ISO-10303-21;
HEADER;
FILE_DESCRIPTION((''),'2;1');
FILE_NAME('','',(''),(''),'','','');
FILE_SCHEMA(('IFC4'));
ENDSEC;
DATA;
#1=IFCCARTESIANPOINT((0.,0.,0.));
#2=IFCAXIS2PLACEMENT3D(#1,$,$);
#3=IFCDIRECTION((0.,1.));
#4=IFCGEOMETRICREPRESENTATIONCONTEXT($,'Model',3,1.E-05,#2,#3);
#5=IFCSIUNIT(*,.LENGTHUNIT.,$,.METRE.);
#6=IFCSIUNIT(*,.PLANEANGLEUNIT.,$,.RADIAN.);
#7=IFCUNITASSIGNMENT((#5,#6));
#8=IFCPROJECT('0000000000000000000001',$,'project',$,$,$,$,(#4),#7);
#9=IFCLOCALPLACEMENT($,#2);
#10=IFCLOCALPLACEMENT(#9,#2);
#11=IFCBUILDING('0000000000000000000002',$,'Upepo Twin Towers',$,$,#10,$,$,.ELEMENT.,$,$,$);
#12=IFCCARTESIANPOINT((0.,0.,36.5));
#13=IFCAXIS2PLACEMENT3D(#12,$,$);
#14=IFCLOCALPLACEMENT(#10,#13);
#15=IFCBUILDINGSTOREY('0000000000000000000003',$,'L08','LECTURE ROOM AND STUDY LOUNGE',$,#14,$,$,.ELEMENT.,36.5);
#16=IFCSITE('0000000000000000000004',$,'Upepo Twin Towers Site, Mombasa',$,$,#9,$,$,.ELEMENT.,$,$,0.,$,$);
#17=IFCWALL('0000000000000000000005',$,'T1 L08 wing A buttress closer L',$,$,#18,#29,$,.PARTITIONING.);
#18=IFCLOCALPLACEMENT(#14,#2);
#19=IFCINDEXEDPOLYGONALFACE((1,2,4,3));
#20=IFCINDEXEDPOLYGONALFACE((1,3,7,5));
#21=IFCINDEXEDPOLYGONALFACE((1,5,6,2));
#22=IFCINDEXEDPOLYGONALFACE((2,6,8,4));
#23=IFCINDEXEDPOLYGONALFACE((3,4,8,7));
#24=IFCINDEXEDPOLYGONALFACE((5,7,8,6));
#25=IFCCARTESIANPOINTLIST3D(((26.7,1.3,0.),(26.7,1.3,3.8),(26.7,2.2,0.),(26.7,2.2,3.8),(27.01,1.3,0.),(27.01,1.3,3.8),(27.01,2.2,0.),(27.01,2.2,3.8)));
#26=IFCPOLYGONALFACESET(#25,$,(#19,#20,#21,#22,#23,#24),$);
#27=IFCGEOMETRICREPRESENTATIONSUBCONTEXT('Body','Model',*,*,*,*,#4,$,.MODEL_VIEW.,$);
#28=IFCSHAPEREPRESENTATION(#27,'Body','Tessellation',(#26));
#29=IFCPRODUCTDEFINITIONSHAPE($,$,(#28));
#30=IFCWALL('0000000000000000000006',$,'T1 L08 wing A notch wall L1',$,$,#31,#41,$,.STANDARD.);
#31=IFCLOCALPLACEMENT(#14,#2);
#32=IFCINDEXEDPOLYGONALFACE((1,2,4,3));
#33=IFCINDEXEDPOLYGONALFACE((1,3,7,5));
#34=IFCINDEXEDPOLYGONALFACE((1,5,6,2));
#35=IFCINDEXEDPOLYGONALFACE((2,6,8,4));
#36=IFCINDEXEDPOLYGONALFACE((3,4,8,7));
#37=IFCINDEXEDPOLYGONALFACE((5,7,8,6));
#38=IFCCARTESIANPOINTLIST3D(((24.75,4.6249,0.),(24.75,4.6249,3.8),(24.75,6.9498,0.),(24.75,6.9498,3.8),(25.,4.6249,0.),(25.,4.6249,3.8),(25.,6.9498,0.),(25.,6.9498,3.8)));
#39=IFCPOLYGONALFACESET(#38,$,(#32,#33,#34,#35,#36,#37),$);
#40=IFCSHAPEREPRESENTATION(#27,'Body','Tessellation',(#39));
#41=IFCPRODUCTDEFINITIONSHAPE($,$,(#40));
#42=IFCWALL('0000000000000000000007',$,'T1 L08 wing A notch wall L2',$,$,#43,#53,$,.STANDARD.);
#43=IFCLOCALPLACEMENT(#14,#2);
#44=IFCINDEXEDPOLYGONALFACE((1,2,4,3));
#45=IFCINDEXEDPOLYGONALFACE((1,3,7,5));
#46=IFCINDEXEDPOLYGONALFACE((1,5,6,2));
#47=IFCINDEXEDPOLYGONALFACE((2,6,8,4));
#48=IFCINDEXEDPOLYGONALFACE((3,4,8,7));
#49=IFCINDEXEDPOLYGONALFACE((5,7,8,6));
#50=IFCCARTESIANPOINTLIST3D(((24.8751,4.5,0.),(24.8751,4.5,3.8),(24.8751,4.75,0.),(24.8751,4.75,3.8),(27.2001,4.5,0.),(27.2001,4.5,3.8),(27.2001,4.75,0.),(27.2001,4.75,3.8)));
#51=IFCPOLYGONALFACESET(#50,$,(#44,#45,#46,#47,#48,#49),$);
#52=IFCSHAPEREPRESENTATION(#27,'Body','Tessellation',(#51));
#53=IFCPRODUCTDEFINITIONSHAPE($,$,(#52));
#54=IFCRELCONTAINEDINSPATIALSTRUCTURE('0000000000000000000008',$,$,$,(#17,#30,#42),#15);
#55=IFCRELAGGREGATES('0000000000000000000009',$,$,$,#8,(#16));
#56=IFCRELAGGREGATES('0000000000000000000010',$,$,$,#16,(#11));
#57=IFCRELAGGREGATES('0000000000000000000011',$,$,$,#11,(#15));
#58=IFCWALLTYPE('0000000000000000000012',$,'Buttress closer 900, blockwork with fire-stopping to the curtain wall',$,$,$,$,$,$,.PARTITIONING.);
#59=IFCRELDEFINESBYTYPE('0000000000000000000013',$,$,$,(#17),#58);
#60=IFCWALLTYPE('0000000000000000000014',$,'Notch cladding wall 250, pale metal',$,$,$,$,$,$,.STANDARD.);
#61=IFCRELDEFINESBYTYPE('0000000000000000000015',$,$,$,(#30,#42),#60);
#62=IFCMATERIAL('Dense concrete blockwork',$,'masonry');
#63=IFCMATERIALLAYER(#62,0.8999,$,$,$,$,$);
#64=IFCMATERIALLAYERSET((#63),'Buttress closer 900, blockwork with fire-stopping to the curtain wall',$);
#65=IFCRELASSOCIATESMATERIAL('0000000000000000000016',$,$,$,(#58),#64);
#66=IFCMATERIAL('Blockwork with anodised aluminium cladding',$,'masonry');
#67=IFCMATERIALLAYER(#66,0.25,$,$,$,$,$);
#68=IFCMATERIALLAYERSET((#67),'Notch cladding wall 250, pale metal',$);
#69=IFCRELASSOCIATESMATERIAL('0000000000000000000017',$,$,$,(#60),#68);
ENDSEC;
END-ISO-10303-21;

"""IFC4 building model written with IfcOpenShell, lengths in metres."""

from ifc_helpers import new_model, si_unit, direction, frame, frame_2d, origin, place, context, subcontext, project, spatial, rectangle, extrude, material, layer, layer_set, type_object, element, save


model = new_model("IFC4")

# Units and contexts
model_context = context("Model", 3, precision=1e-05, world=origin(), true_north=direction((0.0, 1.0)))
body_context = subcontext(model_context, "Body", "Model", "MODEL_VIEW")
ifc_project = project(units=[si_unit("LENGTHUNIT", "METRE"), si_unit("PLANEANGLEUNIT", "RADIAN")], contexts=[model_context])

# Site, building, storey
site_placement = place(None, origin())
site = spatial("IfcSite", under=ifc_project, at=site_placement, Name="Upepo Twin Towers Site, Mombasa", CompositionType="ELEMENT", RefElevation=0.0)
building_placement = place(site_placement, origin())
building = spatial("IfcBuilding", under=site, at=building_placement, Name="Upepo Twin Towers", CompositionType="ELEMENT")
storey_placement = place(building_placement, frame((0.0, 0.0, 36.5)))
storey = spatial("IfcBuildingStorey", under=building, at=storey_placement, Name="L08", Description="LECTURE ROOM AND STUDY LOUNGE", CompositionType="ELEMENT", Elevation=36.5)

# Walls
ifc_material_1 = material(Name="Dense concrete blockwork", Category="masonry")
ifc_layer_1 = layer(ifc_material_1, 0.8999)
ifc_layer_set_1 = layer_set([ifc_layer_1], Name="Buttress closer 900, blockwork with fire-stopping to the curtain wall")
wall_type_1 = type_object("IfcWallType", Name="Buttress closer 900, blockwork with fire-stopping to the curtain wall", PredefinedType="PARTITIONING", material=ifc_layer_set_1)
wall_1_placement = place(storey_placement, frame((26.7, 1.75, 0.0), z_axis=(0.0, 0.0, 1.0), x_axis=(1.0, 0.0, 0.0)))
element("IfcWall", 1, at=wall_1_placement, inside=storey, type_object=wall_type_1, Name="T1 L08 wing A buttress closer L", PredefinedType="PARTITIONING", context=body_context, shape_type="SweptSolid", body=[
    extrude(rectangle(XDim=0.3101, YDim=0.8999, at=frame_2d((0.155, 0.0))), origin(), (0.0, 0.0, 1.0), 3.8),
])
ifc_material_2 = material(Name="Blockwork with anodised aluminium cladding", Category="masonry")
ifc_layer_2 = layer(ifc_material_2, 0.25)
ifc_layer_set_2 = layer_set([ifc_layer_2], Name="Notch cladding wall 250, pale metal")
wall_type_2 = type_object("IfcWallType", Name="Notch cladding wall 250, pale metal", PredefinedType="STANDARD", material=ifc_layer_set_2)
for number, where, z_axis, x_axis, name in (
    (2, (24.875, 6.95, 0.0), (0.0, 0.0, 1.0), (0.0, -1.0, 0.0), "T1 L08 wing A notch wall L1"),
    (3, (24.875, 4.625, 0.0), (0.0, 0.0, 1.0), (1.0, 0.0, 0.0), "T1 L08 wing A notch wall L2"),
):
    element("IfcWall", number, at=place(storey_placement, frame(where, z_axis=z_axis, x_axis=x_axis)), inside=storey, type_object=wall_type_2, Name=name, PredefinedType="STANDARD", context=body_context, shape_type="SweptSolid", body=[
        extrude(rectangle(XDim=2.325, YDim=0.25, at=frame_2d((1.1626, 0.0))), origin(), (0.0, 0.0, 1.0), 3.8),
    ])

save(model, "model.ifc")
